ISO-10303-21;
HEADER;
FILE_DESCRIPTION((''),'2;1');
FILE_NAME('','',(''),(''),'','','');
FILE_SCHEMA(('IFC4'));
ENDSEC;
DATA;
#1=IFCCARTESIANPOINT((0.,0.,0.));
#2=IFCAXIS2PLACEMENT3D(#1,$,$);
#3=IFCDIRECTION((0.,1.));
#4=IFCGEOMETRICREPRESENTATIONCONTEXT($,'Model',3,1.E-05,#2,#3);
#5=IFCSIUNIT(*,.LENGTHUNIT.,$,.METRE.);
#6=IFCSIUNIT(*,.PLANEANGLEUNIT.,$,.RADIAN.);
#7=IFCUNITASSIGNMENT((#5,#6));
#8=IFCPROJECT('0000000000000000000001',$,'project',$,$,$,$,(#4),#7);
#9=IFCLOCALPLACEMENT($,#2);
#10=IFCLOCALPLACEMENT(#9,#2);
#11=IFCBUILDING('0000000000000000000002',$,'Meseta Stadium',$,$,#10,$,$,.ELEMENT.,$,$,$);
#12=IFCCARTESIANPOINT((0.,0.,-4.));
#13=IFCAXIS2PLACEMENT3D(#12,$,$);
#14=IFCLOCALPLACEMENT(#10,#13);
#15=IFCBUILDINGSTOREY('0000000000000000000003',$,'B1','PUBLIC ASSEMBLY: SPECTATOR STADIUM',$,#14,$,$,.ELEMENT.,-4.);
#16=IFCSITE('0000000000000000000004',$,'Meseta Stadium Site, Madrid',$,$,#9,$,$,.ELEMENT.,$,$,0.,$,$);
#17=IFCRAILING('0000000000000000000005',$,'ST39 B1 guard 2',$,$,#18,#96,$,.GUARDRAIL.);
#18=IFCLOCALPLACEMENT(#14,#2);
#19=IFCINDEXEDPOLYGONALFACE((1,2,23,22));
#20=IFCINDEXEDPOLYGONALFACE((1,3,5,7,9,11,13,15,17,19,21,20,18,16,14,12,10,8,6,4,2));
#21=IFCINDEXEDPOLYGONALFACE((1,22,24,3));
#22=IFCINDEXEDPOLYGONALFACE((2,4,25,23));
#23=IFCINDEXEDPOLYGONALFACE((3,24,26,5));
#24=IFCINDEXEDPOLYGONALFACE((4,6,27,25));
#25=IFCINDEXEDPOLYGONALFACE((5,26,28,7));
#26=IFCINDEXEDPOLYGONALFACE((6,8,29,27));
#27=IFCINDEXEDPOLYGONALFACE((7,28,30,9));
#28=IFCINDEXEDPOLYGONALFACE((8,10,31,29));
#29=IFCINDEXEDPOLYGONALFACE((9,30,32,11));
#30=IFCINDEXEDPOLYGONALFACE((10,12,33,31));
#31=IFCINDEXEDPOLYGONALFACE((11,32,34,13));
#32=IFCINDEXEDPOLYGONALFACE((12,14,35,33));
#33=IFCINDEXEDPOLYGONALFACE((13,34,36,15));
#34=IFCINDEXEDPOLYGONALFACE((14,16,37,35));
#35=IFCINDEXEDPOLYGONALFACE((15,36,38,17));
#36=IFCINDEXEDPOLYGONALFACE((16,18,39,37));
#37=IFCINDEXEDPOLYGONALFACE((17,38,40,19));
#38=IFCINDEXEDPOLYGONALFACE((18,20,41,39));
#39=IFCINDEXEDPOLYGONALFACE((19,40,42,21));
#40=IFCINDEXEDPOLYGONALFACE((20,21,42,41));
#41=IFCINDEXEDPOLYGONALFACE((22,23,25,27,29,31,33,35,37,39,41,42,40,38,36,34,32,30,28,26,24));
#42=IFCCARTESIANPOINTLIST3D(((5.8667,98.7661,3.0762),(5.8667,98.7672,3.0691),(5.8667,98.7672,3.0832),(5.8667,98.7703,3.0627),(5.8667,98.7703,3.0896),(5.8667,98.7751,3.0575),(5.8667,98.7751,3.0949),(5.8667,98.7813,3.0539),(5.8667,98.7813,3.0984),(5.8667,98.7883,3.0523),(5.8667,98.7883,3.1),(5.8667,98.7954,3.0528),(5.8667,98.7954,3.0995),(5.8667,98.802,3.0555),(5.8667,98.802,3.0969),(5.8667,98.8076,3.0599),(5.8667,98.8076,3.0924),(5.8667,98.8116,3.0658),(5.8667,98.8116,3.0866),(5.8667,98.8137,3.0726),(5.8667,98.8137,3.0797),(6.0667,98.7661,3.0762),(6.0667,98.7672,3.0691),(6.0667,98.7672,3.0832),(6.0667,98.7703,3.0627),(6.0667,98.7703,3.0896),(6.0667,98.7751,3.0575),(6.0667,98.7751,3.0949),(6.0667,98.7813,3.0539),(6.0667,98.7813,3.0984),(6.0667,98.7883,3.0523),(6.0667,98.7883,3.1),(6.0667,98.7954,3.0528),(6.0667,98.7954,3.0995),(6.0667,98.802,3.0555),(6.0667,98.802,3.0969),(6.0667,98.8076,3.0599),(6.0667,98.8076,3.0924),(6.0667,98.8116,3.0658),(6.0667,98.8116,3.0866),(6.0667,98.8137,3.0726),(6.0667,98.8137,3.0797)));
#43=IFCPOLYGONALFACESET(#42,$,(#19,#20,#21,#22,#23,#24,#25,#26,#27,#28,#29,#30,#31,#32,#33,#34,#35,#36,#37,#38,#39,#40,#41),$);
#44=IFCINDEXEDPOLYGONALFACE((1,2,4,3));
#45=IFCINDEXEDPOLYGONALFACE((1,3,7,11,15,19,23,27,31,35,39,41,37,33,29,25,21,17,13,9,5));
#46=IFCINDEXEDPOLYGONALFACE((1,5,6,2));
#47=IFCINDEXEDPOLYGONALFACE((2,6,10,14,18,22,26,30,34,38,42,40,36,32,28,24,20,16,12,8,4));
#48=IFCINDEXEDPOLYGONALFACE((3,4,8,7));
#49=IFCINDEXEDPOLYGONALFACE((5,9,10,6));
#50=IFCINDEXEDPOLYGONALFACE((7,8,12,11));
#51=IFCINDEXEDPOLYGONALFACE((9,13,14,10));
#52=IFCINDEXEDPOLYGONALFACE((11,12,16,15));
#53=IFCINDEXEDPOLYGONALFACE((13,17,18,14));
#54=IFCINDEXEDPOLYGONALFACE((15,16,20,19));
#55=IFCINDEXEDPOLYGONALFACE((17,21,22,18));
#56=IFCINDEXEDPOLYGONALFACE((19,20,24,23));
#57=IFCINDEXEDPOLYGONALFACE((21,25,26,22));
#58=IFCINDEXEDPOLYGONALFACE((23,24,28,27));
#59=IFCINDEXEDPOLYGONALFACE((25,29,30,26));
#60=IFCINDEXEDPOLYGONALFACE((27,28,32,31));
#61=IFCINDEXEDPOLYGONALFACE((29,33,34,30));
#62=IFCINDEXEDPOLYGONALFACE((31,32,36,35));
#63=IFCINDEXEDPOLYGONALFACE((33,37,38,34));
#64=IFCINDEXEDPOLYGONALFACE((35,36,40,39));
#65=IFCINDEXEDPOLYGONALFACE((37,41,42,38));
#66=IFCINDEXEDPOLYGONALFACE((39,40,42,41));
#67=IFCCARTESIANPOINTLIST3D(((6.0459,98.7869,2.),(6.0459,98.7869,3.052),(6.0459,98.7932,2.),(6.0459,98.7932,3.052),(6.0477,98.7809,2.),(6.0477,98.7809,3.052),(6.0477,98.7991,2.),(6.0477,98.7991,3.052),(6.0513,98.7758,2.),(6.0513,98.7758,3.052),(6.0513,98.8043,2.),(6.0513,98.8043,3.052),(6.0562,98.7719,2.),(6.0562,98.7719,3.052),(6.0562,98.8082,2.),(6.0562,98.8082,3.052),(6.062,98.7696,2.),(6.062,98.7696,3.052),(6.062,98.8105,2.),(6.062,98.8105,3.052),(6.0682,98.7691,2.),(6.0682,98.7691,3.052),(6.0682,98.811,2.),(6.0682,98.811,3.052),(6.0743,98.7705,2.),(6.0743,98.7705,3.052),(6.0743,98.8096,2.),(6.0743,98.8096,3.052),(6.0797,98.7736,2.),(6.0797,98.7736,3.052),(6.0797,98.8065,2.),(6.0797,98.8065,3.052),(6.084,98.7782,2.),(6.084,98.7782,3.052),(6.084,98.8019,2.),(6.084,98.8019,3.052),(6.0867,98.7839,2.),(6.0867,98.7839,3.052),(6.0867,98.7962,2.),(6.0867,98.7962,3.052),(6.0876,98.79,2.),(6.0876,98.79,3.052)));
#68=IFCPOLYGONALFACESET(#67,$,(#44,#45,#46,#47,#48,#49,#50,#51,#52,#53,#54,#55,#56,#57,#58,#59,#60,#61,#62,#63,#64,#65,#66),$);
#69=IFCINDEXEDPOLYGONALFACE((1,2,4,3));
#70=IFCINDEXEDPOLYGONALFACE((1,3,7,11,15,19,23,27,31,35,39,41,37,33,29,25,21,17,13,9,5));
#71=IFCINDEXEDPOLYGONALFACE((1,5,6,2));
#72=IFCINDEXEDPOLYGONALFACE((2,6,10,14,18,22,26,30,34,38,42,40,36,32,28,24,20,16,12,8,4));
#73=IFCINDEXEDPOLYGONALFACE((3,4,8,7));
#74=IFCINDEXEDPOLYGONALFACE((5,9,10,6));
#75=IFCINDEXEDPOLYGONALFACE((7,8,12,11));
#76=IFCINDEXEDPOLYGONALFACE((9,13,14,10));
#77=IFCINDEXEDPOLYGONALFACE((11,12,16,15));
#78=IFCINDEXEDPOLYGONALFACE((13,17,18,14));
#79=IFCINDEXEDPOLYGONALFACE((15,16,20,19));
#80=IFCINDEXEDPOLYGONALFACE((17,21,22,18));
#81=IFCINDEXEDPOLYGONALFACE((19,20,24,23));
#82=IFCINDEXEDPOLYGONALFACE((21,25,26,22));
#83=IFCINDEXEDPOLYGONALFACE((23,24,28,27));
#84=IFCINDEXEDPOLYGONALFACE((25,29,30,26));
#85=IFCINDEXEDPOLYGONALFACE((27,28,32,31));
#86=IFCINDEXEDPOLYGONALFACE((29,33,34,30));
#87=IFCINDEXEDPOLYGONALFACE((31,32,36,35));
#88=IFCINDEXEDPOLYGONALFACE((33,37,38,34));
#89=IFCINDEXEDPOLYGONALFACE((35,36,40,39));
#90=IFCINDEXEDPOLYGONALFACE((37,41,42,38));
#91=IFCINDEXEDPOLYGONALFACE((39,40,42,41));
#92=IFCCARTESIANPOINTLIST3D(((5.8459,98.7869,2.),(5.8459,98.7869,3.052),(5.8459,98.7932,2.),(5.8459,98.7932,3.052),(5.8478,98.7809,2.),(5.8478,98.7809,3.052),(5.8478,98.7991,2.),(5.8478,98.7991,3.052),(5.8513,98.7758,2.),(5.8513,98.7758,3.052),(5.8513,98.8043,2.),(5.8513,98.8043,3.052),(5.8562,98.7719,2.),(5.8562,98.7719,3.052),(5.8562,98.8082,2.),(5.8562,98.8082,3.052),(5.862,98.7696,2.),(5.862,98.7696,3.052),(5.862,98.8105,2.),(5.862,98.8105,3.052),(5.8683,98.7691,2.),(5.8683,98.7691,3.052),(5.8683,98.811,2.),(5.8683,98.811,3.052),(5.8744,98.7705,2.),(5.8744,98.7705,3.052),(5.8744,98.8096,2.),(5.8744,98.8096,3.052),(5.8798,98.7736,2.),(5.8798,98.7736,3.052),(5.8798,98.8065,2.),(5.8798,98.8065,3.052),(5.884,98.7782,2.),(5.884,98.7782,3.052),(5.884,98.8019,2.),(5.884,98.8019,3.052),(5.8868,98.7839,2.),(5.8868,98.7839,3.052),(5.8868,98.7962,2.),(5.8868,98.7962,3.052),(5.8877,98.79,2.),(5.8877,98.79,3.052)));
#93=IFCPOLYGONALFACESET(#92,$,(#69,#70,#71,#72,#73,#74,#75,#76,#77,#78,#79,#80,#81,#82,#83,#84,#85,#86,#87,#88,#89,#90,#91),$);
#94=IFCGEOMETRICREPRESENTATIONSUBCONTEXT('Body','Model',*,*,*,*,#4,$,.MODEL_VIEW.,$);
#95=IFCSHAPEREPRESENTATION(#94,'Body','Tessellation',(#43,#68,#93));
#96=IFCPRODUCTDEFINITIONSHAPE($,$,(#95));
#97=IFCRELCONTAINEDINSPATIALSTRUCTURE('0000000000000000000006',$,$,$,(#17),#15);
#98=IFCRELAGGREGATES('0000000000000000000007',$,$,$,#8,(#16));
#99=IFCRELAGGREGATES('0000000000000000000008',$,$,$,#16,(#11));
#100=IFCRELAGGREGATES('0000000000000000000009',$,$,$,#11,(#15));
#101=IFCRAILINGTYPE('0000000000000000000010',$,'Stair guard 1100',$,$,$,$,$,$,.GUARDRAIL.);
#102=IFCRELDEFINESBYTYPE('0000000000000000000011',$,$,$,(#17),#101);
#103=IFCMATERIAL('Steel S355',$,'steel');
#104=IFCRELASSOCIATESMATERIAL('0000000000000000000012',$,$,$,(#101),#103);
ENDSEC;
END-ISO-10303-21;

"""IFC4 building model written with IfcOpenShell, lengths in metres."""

from ifc_helpers import new_model, si_unit, direction, frame, origin, origin_2d, place, context, subcontext, project, spatial, circle, extrude, material, type_object, element, save


model = new_model("IFC4")

# Units and contexts
model_context = context("Model", 3, precision=1e-05, world=origin(), true_north=direction((0.0, 1.0)))
body_context = subcontext(model_context, "Body", "Model", "MODEL_VIEW")
ifc_project = project(units=[si_unit("LENGTHUNIT", "METRE"), si_unit("PLANEANGLEUNIT", "RADIAN")], contexts=[model_context])

# Site, building, storey
site_placement = place(None, origin())
site = spatial("IfcSite", under=ifc_project, at=site_placement, Name="Meseta Stadium Site, Madrid", CompositionType="ELEMENT", RefElevation=0.0)
building_placement = place(site_placement, origin())
building = spatial("IfcBuilding", under=site, at=building_placement, Name="Meseta Stadium", CompositionType="ELEMENT")
storey_placement = place(building_placement, frame((0.0, 0.0, -4.0)))
storey = spatial("IfcBuildingStorey", under=building, at=storey_placement, Name="B1", Description="PUBLIC ASSEMBLY: SPECTATOR STADIUM", CompositionType="ELEMENT", Elevation=-4.0)

# Railing
ifc_material_1 = material(Name="Steel S355", Category="steel")
railing_type_1 = type_object("IfcRailingType", Name="Stair guard 1100", PredefinedType="GUARDRAIL", material=ifc_material_1)
railing_1_placement = place(storey_placement, frame((6.0667, 98.79, 2.0)))
element("IfcRailing", 1, at=railing_1_placement, inside=storey, type_object=railing_type_1, Name="ST39 B1 guard 2", PredefinedType="GUARDRAIL", context=body_context, shape_type="SweptSolid", body=[
    extrude(circle(Radius=0.0239, at=origin_2d()), frame((0.0, 0.0, 1.0762), z_axis=(-1.0, 0.0, 0.0), x_axis=(0.0, -1.0, 0.0)), (0.0, 0.0, 1.0), 0.2),
    extrude(circle(Radius=0.021, at=origin_2d()), origin(), (0.0, 0.0, 1.0), 1.052),
    extrude(circle(Radius=0.021, at=origin_2d()), frame((-0.2, 0.0, 0.0)), (0.0, 0.0, 1.0), 1.052),
])

save(model, "model.ifc")
